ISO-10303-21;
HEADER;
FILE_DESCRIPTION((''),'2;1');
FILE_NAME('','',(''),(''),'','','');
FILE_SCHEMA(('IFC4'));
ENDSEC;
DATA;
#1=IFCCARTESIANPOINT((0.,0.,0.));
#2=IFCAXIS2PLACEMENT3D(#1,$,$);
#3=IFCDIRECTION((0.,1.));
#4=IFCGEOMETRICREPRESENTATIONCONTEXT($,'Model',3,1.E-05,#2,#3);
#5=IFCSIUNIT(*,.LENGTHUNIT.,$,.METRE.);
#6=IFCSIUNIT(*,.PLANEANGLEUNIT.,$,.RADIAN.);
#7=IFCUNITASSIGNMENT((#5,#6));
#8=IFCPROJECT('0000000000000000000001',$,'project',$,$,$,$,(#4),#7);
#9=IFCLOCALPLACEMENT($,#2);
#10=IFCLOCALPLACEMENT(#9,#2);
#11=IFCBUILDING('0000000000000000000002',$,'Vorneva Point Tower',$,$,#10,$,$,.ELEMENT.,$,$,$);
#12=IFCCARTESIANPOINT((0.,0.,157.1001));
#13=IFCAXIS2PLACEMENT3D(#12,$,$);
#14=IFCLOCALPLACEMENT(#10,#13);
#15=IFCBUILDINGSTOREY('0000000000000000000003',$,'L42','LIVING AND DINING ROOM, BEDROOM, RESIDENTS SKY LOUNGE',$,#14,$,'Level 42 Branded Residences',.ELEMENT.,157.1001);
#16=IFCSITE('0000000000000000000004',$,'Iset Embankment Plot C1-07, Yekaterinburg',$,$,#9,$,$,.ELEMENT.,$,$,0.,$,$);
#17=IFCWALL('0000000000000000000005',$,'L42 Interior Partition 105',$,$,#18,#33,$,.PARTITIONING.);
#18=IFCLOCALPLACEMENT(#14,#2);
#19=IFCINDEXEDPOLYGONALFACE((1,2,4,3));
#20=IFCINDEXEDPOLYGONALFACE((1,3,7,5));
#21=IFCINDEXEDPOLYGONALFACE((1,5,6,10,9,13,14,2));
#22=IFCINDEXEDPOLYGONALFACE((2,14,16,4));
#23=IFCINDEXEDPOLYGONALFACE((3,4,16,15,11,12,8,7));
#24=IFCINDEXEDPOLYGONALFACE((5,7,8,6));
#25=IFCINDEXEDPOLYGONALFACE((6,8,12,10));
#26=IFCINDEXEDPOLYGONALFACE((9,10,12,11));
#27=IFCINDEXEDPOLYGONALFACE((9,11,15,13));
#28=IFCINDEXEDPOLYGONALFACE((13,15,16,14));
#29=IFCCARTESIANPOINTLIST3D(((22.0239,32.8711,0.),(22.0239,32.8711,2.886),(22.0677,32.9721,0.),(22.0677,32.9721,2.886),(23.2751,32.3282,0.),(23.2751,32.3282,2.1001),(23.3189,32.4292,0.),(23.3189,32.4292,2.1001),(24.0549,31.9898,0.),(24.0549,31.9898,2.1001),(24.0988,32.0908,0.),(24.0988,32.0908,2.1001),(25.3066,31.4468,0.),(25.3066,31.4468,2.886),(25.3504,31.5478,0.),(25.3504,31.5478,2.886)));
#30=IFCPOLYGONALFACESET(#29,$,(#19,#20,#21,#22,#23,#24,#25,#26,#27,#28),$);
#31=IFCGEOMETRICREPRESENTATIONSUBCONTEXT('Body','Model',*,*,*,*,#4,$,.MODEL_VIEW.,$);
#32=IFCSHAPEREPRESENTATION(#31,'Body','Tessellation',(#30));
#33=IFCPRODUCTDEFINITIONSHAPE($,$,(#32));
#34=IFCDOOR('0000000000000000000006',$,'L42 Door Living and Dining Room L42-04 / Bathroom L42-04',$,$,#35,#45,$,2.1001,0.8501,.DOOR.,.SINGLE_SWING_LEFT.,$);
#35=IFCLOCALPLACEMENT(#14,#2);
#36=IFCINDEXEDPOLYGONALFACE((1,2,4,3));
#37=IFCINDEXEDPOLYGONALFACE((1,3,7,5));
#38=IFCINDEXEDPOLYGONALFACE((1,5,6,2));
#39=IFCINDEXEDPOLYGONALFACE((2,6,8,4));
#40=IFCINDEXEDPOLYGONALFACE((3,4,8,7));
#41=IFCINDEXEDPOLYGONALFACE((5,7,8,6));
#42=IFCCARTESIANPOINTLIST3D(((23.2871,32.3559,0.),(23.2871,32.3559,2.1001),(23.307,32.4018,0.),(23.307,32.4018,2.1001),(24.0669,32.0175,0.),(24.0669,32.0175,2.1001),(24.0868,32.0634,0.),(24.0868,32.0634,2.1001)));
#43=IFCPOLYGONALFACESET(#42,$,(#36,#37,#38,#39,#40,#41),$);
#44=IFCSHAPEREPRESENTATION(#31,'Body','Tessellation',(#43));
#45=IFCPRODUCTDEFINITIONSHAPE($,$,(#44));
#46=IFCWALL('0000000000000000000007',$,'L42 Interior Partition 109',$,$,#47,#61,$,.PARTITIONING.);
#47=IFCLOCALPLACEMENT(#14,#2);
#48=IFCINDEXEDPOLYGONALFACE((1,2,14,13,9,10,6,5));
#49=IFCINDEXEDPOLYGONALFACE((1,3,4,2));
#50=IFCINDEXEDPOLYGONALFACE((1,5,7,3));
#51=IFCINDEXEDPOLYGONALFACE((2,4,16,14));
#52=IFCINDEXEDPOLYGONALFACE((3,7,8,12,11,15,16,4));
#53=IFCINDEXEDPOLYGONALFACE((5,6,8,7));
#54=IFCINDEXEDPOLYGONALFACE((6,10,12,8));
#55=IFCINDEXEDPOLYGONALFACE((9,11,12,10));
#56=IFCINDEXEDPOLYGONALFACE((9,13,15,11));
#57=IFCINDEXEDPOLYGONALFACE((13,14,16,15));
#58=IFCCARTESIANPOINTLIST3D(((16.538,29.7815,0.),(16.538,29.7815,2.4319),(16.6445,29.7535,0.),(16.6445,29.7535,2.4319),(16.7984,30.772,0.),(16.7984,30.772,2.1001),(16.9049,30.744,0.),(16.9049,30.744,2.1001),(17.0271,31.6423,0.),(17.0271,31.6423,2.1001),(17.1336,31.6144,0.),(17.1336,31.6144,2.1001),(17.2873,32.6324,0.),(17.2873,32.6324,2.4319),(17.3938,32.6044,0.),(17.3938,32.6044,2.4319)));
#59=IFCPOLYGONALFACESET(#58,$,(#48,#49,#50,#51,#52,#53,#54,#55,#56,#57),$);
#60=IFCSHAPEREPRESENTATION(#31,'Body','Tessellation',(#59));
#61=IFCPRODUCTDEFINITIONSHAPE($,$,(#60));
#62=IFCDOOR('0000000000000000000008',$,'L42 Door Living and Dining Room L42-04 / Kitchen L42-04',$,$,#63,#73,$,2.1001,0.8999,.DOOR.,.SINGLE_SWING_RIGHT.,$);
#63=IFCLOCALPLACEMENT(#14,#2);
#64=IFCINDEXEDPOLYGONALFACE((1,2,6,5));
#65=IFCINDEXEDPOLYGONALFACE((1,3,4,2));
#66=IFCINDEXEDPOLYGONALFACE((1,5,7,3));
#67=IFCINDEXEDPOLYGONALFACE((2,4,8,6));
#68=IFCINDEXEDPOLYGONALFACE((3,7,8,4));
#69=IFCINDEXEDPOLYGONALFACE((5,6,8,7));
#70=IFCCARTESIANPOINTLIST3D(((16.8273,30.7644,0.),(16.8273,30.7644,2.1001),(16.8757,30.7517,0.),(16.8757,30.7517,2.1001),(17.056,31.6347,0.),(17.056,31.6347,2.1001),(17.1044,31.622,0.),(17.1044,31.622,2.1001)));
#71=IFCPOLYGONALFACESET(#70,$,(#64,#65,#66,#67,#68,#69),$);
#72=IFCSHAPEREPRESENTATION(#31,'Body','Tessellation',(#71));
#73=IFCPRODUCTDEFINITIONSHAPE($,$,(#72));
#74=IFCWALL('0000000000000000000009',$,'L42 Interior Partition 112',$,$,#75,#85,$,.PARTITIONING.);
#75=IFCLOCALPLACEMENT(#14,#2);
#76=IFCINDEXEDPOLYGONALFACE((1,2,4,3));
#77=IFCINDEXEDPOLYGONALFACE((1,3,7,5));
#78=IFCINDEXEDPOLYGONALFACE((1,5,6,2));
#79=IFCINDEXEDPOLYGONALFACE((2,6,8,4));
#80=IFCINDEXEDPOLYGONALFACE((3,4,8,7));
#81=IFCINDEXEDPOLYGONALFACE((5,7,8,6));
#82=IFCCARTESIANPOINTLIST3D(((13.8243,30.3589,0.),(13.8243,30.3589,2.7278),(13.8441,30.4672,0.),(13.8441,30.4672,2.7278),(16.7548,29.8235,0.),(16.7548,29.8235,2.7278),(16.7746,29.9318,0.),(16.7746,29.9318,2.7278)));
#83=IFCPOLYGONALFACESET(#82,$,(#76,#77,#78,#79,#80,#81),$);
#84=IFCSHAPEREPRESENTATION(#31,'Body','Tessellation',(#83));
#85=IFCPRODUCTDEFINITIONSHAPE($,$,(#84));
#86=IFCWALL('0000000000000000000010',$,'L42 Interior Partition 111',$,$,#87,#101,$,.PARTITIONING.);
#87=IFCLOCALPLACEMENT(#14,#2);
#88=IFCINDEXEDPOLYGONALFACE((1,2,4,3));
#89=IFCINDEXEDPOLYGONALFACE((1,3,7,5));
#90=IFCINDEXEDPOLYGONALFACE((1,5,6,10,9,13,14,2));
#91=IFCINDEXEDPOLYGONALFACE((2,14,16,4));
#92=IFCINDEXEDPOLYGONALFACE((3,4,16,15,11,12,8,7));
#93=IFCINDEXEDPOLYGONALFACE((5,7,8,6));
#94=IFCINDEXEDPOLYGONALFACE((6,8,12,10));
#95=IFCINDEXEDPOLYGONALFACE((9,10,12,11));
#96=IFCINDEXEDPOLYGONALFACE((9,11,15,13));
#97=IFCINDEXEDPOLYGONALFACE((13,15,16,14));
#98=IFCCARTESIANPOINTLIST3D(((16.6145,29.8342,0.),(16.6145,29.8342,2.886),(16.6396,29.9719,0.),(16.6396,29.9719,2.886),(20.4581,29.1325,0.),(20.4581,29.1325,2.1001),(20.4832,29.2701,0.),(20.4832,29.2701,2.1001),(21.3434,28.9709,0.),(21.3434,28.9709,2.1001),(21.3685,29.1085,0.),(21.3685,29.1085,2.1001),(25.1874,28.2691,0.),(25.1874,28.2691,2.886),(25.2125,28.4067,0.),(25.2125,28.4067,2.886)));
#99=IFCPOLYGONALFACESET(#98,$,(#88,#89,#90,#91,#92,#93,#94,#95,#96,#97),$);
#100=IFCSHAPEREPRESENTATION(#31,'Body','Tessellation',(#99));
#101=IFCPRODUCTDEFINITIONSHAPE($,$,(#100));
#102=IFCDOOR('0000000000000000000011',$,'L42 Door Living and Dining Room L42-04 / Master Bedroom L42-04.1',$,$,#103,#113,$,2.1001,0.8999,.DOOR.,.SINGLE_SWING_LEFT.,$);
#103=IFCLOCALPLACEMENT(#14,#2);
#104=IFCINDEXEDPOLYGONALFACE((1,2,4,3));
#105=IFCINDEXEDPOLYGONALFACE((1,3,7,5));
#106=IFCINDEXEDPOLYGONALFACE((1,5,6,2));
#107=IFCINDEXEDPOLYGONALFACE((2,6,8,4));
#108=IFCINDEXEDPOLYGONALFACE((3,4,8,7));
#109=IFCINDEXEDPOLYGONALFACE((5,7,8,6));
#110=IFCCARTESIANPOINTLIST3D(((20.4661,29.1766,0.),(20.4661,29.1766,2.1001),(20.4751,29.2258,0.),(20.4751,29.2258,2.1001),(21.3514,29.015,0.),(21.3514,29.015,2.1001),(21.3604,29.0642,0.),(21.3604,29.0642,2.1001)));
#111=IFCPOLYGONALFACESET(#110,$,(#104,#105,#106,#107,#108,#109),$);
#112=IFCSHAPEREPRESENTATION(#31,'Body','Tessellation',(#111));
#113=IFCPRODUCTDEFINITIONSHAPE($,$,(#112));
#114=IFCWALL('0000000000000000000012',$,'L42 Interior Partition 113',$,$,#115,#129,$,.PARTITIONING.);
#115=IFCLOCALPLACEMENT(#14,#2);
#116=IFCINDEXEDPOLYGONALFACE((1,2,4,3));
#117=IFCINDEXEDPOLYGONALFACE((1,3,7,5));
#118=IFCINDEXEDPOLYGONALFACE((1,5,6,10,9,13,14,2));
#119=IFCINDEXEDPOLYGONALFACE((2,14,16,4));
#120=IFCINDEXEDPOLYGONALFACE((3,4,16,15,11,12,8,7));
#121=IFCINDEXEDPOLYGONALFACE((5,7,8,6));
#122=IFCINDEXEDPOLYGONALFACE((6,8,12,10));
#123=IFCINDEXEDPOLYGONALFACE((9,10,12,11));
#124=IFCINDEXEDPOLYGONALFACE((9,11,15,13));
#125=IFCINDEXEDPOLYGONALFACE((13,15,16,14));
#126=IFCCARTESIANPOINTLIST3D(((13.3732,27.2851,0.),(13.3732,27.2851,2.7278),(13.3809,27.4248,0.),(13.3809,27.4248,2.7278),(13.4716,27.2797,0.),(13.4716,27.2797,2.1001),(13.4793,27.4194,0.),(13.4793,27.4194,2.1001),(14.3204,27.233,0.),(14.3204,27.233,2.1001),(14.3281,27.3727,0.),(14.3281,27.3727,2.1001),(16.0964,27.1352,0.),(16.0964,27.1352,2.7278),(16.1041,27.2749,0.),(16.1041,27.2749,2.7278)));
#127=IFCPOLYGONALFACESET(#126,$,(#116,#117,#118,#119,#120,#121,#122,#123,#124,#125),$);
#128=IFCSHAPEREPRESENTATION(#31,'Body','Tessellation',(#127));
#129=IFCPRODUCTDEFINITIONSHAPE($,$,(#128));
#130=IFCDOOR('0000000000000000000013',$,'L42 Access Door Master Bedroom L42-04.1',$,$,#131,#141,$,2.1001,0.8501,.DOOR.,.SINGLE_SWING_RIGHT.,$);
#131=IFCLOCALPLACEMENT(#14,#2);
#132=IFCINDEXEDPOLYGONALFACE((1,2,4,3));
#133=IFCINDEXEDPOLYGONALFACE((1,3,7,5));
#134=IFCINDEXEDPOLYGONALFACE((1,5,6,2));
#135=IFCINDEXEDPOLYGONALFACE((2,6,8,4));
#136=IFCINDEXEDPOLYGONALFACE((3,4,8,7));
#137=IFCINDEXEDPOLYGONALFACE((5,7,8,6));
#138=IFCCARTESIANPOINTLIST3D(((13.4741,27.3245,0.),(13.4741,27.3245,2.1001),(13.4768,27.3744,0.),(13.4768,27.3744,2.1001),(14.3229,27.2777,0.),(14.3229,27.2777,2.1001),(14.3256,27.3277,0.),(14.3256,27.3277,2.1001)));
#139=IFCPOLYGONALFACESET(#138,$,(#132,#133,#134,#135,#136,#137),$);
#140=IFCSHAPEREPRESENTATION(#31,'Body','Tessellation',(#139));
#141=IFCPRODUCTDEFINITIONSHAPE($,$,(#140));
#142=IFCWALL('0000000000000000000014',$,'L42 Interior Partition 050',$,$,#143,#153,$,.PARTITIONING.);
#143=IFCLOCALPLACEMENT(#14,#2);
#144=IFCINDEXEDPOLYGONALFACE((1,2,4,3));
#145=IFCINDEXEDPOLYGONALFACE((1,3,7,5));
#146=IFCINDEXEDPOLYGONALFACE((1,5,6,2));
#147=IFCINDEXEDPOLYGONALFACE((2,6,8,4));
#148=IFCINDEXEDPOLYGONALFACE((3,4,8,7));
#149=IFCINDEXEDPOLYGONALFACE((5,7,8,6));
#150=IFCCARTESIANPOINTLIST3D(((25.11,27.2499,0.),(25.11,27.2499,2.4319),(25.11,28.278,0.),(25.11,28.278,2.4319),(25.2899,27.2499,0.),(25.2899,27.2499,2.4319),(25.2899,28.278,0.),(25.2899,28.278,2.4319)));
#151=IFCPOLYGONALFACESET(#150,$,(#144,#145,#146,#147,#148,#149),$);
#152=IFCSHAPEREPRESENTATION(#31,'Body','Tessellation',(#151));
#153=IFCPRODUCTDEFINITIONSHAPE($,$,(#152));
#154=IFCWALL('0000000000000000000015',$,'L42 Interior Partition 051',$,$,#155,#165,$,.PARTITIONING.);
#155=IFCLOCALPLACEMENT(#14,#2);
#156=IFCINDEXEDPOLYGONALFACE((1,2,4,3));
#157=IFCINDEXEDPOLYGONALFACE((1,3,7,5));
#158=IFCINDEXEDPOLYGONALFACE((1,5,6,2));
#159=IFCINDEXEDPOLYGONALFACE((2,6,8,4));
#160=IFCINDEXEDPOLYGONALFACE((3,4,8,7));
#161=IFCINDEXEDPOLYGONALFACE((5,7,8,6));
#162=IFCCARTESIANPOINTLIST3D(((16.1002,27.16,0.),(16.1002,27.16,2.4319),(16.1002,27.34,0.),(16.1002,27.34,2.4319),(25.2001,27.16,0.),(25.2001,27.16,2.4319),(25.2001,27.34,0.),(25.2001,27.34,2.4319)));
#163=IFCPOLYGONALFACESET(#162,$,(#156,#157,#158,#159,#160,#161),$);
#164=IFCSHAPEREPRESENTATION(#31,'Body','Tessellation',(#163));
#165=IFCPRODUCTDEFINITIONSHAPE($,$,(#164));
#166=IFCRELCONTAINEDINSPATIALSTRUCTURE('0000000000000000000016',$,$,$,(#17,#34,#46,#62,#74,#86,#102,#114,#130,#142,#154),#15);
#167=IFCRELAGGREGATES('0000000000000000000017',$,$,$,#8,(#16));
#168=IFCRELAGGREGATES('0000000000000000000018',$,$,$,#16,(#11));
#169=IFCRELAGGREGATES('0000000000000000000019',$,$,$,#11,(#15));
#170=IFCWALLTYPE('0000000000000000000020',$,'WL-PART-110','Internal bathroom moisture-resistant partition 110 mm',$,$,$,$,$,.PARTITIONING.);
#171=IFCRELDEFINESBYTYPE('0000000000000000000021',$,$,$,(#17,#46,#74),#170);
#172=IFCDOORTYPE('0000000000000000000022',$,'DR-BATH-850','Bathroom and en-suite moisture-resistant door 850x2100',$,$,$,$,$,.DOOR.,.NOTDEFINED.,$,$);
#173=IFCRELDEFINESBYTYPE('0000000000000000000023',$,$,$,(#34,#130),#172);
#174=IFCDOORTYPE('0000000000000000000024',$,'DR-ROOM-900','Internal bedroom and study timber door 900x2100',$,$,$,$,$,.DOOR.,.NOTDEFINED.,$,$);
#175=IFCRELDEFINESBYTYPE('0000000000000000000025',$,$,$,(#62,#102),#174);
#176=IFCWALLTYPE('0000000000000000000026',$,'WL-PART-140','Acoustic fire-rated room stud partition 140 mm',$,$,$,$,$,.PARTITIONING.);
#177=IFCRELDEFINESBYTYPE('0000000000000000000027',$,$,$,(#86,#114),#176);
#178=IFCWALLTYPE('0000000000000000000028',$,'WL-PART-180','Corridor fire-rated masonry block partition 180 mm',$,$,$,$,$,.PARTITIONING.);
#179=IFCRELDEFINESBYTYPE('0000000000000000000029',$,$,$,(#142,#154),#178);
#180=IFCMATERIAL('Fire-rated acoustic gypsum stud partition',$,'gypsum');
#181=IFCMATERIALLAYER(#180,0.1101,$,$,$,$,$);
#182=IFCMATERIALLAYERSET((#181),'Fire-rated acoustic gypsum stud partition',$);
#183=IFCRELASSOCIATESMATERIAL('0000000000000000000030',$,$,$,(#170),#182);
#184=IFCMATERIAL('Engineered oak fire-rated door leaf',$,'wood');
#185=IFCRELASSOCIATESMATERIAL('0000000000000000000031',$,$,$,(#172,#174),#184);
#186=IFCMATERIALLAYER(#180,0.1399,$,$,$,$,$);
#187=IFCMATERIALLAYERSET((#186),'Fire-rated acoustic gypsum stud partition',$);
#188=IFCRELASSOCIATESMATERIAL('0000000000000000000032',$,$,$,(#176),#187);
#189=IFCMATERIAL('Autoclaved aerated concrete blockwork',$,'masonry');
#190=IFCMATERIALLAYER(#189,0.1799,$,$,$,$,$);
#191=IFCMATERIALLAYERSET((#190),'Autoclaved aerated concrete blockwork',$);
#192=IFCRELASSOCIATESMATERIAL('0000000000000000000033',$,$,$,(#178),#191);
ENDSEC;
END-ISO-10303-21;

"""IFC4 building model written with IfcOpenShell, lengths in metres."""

from ifc_helpers import new_model, si_unit, direction, frame, frame_2d, origin, place, context, subcontext, project, spatial, rectangle, extrude, material, layer, layer_set, type_object, element, fill, save


model = new_model("IFC4")

# Units and contexts
model_context = context("Model", 3, precision=1e-05, world=origin(), true_north=direction((0.0, 1.0)))
body_context = subcontext(model_context, "Body", "Model", "MODEL_VIEW")
ifc_project = project(units=[si_unit("LENGTHUNIT", "METRE"), si_unit("PLANEANGLEUNIT", "RADIAN")], contexts=[model_context])

# Site, building, storey
site_placement = place(None, origin())
site = spatial("IfcSite", under=ifc_project, at=site_placement, Name="Iset Embankment Plot C1-07, Yekaterinburg", CompositionType="ELEMENT", RefElevation=0.0)
building_placement = place(site_placement, origin())
building = spatial("IfcBuilding", under=site, at=building_placement, Name="Vorneva Point Tower", CompositionType="ELEMENT")
storey_placement = place(building_placement, frame((0.0, 0.0, 157.1001)))
storey = spatial("IfcBuildingStorey", under=building, at=storey_placement, Name="L42", Description="LIVING AND DINING ROOM, BEDROOM, RESIDENTS SKY LOUNGE", LongName="Level 42 Branded Residences", CompositionType="ELEMENT", Elevation=157.1001)

# Walls, openings, doors
ifc_material_1 = material(Name="Fire-rated acoustic gypsum stud partition", Category="gypsum")
ifc_layer_1 = layer(ifc_material_1, 0.1101)
ifc_layer_set_1 = layer_set([ifc_layer_1], Name="Fire-rated acoustic gypsum stud partition")
wall_type_1 = type_object("IfcWallType", Name="WL-PART-110", Description="Internal bathroom moisture-resistant partition 110 mm", PredefinedType="PARTITIONING", material=ifc_layer_set_1)
wall_1_placement = place(storey_placement, frame((25.3284, 31.4973, 0.0), z_axis=(0.0, 0.0, 1.0), x_axis=(-0.917371, 0.398032, 0.0)))
wall_1 = element("IfcWall", 1, at=wall_1_placement, inside=storey, type_object=wall_type_1, Name="L42 Interior Partition 105", PredefinedType="PARTITIONING", context=body_context, shape_type="SweptSolid", body=[
    extrude(rectangle(XDim=3.5784, YDim=0.1101, at=frame_2d((1.7891, 0.0))), origin(), (0.0, 0.0, 1.0), 2.886),
])
opening_1_placement = place(wall_1_placement, frame((1.3643, 0.0, 0.0)))
opening_1 = element("IfcOpeningElement", 2, at=opening_1_placement, cuts=wall_1, PredefinedType="OPENING", context=body_context, shape_type="SweptSolid", body=[
    extrude(rectangle(XDim=0.8501, YDim=2.1001, at=frame_2d((0.425, 1.05))), frame((0.0, 0.0698, 0.0), z_axis=(0.0, -1.0, 0.0), x_axis=(1.0, 0.0, 0.0)), (0.0, 0.0, 1.0), 0.1399),
])
ifc_material_2 = material(Name="Engineered oak fire-rated door leaf", Category="wood")
door_type_1 = type_object("IfcDoorType", Name="DR-BATH-850", Description="Bathroom and en-suite moisture-resistant door 850x2100", OperationType="NOTDEFINED", PredefinedType="DOOR", material=ifc_material_2)
door_1_placement = place(opening_1_placement, origin())
door_1 = element("IfcDoor", 3, at=door_1_placement, inside=storey, type_object=door_type_1, Name="L42 Door Living and Dining Room L42-04 / Bathroom L42-04", OperationType="SINGLE_SWING_LEFT", OverallHeight=2.1001, OverallWidth=0.8501, PredefinedType="DOOR", context=body_context, shape_type="SweptSolid", body=[
    extrude(rectangle(XDim=0.8501, YDim=2.1001, at=frame_2d((0.425, 1.05))), frame((0.0, 0.0249, 0.0), z_axis=(0.0, -1.0, 0.0), x_axis=(1.0, 0.0, 0.0)), (0.0, 0.0, 1.0), 0.05),
])
fill(opening_1, door_1)
wall_2_placement = place(storey_placement, frame((17.3406, 32.6184, 0.0), z_axis=(0.0, 0.0, 1.0), x_axis=(-0.254192, -0.967154, 0.0)))
wall_2 = element("IfcWall", 4, at=wall_2_placement, inside=storey, type_object=wall_type_1, Name="L42 Interior Partition 109", PredefinedType="PARTITIONING", context=body_context, shape_type="SweptSolid", body=[
    extrude(rectangle(XDim=2.9478, YDim=0.1101, at=frame_2d((1.4739, 0.0))), origin(), (0.0, 0.0, 1.0), 2.4319),
])
opening_2_placement = place(wall_2_placement, frame((1.0237, 0.0, 0.0)))
opening_2 = element("IfcOpeningElement", 5, at=opening_2_placement, cuts=wall_2, PredefinedType="OPENING", context=body_context, shape_type="SweptSolid", body=[
    extrude(rectangle(XDim=0.8999, YDim=2.1001, at=frame_2d((0.45, 1.05))), frame((0.0, 0.0698, 0.0), z_axis=(0.0, -1.0, 0.0), x_axis=(1.0, 0.0, 0.0)), (0.0, 0.0, 1.0), 0.1399),
])
door_type_2 = type_object("IfcDoorType", Name="DR-ROOM-900", Description="Internal bedroom and study timber door 900x2100", OperationType="NOTDEFINED", PredefinedType="DOOR", material=ifc_material_2)
door_2_placement = place(opening_2_placement, origin())
door_2 = element("IfcDoor", 6, at=door_2_placement, inside=storey, type_object=door_type_2, Name="L42 Door Living and Dining Room L42-04 / Kitchen L42-04", OperationType="SINGLE_SWING_RIGHT", OverallHeight=2.1001, OverallWidth=0.8999, PredefinedType="DOOR", context=body_context, shape_type="SweptSolid", body=[
    extrude(rectangle(XDim=0.8999, YDim=2.1001, at=frame_2d((0.45, 1.05))), frame((0.0, 0.0249, 0.0), z_axis=(0.0, -1.0, 0.0), x_axis=(1.0, 0.0, 0.0)), (0.0, 0.0, 1.0), 0.05),
])
fill(opening_2, door_2)

# Wall
wall_3_placement = place(storey_placement, frame((13.8342, 30.4131, 0.0), z_axis=(0.0, 0.0, 1.0), x_axis=(0.983716, -0.179729, 0.0)))
element("IfcWall", 7, at=wall_3_placement, inside=storey, type_object=wall_type_1, Name="L42 Interior Partition 112", PredefinedType="PARTITIONING", context=body_context, shape_type="SweptSolid", body=[
    extrude(rectangle(XDim=2.979, YDim=0.1101, at=frame_2d((1.4895, 0.0))), origin(), (0.0, 0.0, 1.0), 2.7278),
])

# Walls, openings, doors
ifc_layer_2 = layer(ifc_material_1, 0.1399)
ifc_layer_set_2 = layer_set([ifc_layer_2], Name="Fire-rated acoustic gypsum stud partition")
wall_type_2 = type_object("IfcWallType", Name="WL-PART-140", Description="Acoustic fire-rated room stud partition 140 mm", PredefinedType="PARTITIONING", material=ifc_layer_set_2)
wall_4_placement = place(storey_placement, frame((16.627, 29.9031, 0.0), z_axis=(0.0, 0.0, 1.0), x_axis=(0.983739, -0.179603, 0.0)))
wall_4 = element("IfcWall", 8, at=wall_4_placement, inside=storey, type_object=wall_type_2, Name="L42 Interior Partition 111", PredefinedType="PARTITIONING", context=body_context, shape_type="SweptSolid", body=[
    extrude(rectangle(XDim=8.7146, YDim=0.1399, at=frame_2d((4.3574, 0.0))), origin(), (0.0, 0.0, 1.0), 2.886),
])
opening_3_placement = place(wall_4_placement, frame((3.9072, 0.0, 0.0)))
opening_3 = element("IfcOpeningElement", 9, at=opening_3_placement, cuts=wall_4, PredefinedType="OPENING", context=body_context, shape_type="SweptSolid", body=[
    extrude(rectangle(XDim=0.8999, YDim=2.1001, at=frame_2d((0.45, 1.05))), frame((0.0, 0.085, 0.0), z_axis=(0.0, -1.0, 0.0), x_axis=(1.0, 0.0, 0.0)), (0.0, 0.0, 1.0), 0.1697),
])
door_3_placement = place(opening_3_placement, origin())
door_3 = element("IfcDoor", 10, at=door_3_placement, inside=storey, type_object=door_type_2, Name="L42 Door Living and Dining Room L42-04 / Master Bedroom L42-04.1", OperationType="SINGLE_SWING_LEFT", OverallHeight=2.1001, OverallWidth=0.8999, PredefinedType="DOOR", context=body_context, shape_type="SweptSolid", body=[
    extrude(rectangle(XDim=0.8999, YDim=2.1001, at=frame_2d((0.45, 1.05))), frame((0.0, 0.0249, 0.0), z_axis=(0.0, -1.0, 0.0), x_axis=(1.0, 0.0, 0.0)), (0.0, 0.0, 1.0), 0.05),
])
fill(opening_3, door_3)
wall_5_placement = place(storey_placement, frame((13.377, 27.355, 0.0), z_axis=(0.0, 0.0, 1.0), x_axis=(0.998488, -0.054964, 0.0)))
wall_5 = element("IfcWall", 11, at=wall_5_placement, inside=storey, type_object=wall_type_2, Name="L42 Interior Partition 113", PredefinedType="PARTITIONING", context=body_context, shape_type="SweptSolid", body=[
    extrude(rectangle(XDim=2.7273, YDim=0.1399, at=frame_2d((1.3638, 0.0))), origin(), (0.0, 0.0, 1.0), 2.7278),
])
opening_4_placement = place(wall_5_placement, frame((0.0986, 0.0, 0.0)))
opening_4 = element("IfcOpeningElement", 12, at=opening_4_placement, cuts=wall_5, PredefinedType="OPENING", context=body_context, shape_type="SweptSolid", body=[
    extrude(rectangle(XDim=0.8501, YDim=2.1001, at=frame_2d((0.425, 1.05))), frame((0.0, 0.085, 0.0), z_axis=(0.0, -1.0, 0.0), x_axis=(1.0, 0.0, 0.0)), (0.0, 0.0, 1.0), 0.1697),
])
door_4_placement = place(opening_4_placement, origin())
door_4 = element("IfcDoor", 13, at=door_4_placement, inside=storey, type_object=door_type_1, Name="L42 Access Door Master Bedroom L42-04.1", OperationType="SINGLE_SWING_RIGHT", OverallHeight=2.1001, OverallWidth=0.8501, PredefinedType="DOOR", context=body_context, shape_type="SweptSolid", body=[
    extrude(rectangle(XDim=0.8501, YDim=2.1001, at=frame_2d((0.425, 1.05))), frame((0.0, 0.0249, 0.0), z_axis=(0.0, -1.0, 0.0), x_axis=(1.0, 0.0, 0.0)), (0.0, 0.0, 1.0), 0.05),
])
fill(opening_4, door_4)
ifc_material_3 = material(Name="Autoclaved aerated concrete blockwork", Category="masonry")
ifc_layer_3 = layer(ifc_material_3, 0.1799)
ifc_layer_set_3 = layer_set([ifc_layer_3], Name="Autoclaved aerated concrete blockwork")
wall_type_3 = type_object("IfcWallType", Name="WL-PART-180", Description="Corridor fire-rated masonry block partition 180 mm", PredefinedType="PARTITIONING", material=ifc_layer_set_3)

# Walls
wall_6_placement = place(storey_placement, frame((25.2, 28.2781, 0.0), z_axis=(0.0, 0.0, 1.0), x_axis=(0.0, -1.0, 0.0)))
element("IfcWall", 14, at=wall_6_placement, inside=storey, type_object=wall_type_3, Name="L42 Interior Partition 050", PredefinedType="PARTITIONING", context=body_context, shape_type="SweptSolid", body=[
    extrude(rectangle(XDim=1.0281, YDim=0.1799, at=frame_2d((0.5142, 0.0))), origin(), (0.0, 0.0, 1.0), 2.4319),
])
wall_7_placement = place(storey_placement, frame((25.2, 27.25, 0.0), z_axis=(0.0, 0.0, 1.0), x_axis=(-1.0, 0.0, 0.0)))
element("IfcWall", 15, at=wall_7_placement, inside=storey, type_object=wall_type_3, Name="L42 Interior Partition 051", PredefinedType="PARTITIONING", context=body_context, shape_type="SweptSolid", body=[
    extrude(rectangle(XDim=9.0999, YDim=0.1799, at=frame_2d((4.5498, 0.0))), origin(), (0.0, 0.0, 1.0), 2.4319),
])

save(model, "model.ifc")
